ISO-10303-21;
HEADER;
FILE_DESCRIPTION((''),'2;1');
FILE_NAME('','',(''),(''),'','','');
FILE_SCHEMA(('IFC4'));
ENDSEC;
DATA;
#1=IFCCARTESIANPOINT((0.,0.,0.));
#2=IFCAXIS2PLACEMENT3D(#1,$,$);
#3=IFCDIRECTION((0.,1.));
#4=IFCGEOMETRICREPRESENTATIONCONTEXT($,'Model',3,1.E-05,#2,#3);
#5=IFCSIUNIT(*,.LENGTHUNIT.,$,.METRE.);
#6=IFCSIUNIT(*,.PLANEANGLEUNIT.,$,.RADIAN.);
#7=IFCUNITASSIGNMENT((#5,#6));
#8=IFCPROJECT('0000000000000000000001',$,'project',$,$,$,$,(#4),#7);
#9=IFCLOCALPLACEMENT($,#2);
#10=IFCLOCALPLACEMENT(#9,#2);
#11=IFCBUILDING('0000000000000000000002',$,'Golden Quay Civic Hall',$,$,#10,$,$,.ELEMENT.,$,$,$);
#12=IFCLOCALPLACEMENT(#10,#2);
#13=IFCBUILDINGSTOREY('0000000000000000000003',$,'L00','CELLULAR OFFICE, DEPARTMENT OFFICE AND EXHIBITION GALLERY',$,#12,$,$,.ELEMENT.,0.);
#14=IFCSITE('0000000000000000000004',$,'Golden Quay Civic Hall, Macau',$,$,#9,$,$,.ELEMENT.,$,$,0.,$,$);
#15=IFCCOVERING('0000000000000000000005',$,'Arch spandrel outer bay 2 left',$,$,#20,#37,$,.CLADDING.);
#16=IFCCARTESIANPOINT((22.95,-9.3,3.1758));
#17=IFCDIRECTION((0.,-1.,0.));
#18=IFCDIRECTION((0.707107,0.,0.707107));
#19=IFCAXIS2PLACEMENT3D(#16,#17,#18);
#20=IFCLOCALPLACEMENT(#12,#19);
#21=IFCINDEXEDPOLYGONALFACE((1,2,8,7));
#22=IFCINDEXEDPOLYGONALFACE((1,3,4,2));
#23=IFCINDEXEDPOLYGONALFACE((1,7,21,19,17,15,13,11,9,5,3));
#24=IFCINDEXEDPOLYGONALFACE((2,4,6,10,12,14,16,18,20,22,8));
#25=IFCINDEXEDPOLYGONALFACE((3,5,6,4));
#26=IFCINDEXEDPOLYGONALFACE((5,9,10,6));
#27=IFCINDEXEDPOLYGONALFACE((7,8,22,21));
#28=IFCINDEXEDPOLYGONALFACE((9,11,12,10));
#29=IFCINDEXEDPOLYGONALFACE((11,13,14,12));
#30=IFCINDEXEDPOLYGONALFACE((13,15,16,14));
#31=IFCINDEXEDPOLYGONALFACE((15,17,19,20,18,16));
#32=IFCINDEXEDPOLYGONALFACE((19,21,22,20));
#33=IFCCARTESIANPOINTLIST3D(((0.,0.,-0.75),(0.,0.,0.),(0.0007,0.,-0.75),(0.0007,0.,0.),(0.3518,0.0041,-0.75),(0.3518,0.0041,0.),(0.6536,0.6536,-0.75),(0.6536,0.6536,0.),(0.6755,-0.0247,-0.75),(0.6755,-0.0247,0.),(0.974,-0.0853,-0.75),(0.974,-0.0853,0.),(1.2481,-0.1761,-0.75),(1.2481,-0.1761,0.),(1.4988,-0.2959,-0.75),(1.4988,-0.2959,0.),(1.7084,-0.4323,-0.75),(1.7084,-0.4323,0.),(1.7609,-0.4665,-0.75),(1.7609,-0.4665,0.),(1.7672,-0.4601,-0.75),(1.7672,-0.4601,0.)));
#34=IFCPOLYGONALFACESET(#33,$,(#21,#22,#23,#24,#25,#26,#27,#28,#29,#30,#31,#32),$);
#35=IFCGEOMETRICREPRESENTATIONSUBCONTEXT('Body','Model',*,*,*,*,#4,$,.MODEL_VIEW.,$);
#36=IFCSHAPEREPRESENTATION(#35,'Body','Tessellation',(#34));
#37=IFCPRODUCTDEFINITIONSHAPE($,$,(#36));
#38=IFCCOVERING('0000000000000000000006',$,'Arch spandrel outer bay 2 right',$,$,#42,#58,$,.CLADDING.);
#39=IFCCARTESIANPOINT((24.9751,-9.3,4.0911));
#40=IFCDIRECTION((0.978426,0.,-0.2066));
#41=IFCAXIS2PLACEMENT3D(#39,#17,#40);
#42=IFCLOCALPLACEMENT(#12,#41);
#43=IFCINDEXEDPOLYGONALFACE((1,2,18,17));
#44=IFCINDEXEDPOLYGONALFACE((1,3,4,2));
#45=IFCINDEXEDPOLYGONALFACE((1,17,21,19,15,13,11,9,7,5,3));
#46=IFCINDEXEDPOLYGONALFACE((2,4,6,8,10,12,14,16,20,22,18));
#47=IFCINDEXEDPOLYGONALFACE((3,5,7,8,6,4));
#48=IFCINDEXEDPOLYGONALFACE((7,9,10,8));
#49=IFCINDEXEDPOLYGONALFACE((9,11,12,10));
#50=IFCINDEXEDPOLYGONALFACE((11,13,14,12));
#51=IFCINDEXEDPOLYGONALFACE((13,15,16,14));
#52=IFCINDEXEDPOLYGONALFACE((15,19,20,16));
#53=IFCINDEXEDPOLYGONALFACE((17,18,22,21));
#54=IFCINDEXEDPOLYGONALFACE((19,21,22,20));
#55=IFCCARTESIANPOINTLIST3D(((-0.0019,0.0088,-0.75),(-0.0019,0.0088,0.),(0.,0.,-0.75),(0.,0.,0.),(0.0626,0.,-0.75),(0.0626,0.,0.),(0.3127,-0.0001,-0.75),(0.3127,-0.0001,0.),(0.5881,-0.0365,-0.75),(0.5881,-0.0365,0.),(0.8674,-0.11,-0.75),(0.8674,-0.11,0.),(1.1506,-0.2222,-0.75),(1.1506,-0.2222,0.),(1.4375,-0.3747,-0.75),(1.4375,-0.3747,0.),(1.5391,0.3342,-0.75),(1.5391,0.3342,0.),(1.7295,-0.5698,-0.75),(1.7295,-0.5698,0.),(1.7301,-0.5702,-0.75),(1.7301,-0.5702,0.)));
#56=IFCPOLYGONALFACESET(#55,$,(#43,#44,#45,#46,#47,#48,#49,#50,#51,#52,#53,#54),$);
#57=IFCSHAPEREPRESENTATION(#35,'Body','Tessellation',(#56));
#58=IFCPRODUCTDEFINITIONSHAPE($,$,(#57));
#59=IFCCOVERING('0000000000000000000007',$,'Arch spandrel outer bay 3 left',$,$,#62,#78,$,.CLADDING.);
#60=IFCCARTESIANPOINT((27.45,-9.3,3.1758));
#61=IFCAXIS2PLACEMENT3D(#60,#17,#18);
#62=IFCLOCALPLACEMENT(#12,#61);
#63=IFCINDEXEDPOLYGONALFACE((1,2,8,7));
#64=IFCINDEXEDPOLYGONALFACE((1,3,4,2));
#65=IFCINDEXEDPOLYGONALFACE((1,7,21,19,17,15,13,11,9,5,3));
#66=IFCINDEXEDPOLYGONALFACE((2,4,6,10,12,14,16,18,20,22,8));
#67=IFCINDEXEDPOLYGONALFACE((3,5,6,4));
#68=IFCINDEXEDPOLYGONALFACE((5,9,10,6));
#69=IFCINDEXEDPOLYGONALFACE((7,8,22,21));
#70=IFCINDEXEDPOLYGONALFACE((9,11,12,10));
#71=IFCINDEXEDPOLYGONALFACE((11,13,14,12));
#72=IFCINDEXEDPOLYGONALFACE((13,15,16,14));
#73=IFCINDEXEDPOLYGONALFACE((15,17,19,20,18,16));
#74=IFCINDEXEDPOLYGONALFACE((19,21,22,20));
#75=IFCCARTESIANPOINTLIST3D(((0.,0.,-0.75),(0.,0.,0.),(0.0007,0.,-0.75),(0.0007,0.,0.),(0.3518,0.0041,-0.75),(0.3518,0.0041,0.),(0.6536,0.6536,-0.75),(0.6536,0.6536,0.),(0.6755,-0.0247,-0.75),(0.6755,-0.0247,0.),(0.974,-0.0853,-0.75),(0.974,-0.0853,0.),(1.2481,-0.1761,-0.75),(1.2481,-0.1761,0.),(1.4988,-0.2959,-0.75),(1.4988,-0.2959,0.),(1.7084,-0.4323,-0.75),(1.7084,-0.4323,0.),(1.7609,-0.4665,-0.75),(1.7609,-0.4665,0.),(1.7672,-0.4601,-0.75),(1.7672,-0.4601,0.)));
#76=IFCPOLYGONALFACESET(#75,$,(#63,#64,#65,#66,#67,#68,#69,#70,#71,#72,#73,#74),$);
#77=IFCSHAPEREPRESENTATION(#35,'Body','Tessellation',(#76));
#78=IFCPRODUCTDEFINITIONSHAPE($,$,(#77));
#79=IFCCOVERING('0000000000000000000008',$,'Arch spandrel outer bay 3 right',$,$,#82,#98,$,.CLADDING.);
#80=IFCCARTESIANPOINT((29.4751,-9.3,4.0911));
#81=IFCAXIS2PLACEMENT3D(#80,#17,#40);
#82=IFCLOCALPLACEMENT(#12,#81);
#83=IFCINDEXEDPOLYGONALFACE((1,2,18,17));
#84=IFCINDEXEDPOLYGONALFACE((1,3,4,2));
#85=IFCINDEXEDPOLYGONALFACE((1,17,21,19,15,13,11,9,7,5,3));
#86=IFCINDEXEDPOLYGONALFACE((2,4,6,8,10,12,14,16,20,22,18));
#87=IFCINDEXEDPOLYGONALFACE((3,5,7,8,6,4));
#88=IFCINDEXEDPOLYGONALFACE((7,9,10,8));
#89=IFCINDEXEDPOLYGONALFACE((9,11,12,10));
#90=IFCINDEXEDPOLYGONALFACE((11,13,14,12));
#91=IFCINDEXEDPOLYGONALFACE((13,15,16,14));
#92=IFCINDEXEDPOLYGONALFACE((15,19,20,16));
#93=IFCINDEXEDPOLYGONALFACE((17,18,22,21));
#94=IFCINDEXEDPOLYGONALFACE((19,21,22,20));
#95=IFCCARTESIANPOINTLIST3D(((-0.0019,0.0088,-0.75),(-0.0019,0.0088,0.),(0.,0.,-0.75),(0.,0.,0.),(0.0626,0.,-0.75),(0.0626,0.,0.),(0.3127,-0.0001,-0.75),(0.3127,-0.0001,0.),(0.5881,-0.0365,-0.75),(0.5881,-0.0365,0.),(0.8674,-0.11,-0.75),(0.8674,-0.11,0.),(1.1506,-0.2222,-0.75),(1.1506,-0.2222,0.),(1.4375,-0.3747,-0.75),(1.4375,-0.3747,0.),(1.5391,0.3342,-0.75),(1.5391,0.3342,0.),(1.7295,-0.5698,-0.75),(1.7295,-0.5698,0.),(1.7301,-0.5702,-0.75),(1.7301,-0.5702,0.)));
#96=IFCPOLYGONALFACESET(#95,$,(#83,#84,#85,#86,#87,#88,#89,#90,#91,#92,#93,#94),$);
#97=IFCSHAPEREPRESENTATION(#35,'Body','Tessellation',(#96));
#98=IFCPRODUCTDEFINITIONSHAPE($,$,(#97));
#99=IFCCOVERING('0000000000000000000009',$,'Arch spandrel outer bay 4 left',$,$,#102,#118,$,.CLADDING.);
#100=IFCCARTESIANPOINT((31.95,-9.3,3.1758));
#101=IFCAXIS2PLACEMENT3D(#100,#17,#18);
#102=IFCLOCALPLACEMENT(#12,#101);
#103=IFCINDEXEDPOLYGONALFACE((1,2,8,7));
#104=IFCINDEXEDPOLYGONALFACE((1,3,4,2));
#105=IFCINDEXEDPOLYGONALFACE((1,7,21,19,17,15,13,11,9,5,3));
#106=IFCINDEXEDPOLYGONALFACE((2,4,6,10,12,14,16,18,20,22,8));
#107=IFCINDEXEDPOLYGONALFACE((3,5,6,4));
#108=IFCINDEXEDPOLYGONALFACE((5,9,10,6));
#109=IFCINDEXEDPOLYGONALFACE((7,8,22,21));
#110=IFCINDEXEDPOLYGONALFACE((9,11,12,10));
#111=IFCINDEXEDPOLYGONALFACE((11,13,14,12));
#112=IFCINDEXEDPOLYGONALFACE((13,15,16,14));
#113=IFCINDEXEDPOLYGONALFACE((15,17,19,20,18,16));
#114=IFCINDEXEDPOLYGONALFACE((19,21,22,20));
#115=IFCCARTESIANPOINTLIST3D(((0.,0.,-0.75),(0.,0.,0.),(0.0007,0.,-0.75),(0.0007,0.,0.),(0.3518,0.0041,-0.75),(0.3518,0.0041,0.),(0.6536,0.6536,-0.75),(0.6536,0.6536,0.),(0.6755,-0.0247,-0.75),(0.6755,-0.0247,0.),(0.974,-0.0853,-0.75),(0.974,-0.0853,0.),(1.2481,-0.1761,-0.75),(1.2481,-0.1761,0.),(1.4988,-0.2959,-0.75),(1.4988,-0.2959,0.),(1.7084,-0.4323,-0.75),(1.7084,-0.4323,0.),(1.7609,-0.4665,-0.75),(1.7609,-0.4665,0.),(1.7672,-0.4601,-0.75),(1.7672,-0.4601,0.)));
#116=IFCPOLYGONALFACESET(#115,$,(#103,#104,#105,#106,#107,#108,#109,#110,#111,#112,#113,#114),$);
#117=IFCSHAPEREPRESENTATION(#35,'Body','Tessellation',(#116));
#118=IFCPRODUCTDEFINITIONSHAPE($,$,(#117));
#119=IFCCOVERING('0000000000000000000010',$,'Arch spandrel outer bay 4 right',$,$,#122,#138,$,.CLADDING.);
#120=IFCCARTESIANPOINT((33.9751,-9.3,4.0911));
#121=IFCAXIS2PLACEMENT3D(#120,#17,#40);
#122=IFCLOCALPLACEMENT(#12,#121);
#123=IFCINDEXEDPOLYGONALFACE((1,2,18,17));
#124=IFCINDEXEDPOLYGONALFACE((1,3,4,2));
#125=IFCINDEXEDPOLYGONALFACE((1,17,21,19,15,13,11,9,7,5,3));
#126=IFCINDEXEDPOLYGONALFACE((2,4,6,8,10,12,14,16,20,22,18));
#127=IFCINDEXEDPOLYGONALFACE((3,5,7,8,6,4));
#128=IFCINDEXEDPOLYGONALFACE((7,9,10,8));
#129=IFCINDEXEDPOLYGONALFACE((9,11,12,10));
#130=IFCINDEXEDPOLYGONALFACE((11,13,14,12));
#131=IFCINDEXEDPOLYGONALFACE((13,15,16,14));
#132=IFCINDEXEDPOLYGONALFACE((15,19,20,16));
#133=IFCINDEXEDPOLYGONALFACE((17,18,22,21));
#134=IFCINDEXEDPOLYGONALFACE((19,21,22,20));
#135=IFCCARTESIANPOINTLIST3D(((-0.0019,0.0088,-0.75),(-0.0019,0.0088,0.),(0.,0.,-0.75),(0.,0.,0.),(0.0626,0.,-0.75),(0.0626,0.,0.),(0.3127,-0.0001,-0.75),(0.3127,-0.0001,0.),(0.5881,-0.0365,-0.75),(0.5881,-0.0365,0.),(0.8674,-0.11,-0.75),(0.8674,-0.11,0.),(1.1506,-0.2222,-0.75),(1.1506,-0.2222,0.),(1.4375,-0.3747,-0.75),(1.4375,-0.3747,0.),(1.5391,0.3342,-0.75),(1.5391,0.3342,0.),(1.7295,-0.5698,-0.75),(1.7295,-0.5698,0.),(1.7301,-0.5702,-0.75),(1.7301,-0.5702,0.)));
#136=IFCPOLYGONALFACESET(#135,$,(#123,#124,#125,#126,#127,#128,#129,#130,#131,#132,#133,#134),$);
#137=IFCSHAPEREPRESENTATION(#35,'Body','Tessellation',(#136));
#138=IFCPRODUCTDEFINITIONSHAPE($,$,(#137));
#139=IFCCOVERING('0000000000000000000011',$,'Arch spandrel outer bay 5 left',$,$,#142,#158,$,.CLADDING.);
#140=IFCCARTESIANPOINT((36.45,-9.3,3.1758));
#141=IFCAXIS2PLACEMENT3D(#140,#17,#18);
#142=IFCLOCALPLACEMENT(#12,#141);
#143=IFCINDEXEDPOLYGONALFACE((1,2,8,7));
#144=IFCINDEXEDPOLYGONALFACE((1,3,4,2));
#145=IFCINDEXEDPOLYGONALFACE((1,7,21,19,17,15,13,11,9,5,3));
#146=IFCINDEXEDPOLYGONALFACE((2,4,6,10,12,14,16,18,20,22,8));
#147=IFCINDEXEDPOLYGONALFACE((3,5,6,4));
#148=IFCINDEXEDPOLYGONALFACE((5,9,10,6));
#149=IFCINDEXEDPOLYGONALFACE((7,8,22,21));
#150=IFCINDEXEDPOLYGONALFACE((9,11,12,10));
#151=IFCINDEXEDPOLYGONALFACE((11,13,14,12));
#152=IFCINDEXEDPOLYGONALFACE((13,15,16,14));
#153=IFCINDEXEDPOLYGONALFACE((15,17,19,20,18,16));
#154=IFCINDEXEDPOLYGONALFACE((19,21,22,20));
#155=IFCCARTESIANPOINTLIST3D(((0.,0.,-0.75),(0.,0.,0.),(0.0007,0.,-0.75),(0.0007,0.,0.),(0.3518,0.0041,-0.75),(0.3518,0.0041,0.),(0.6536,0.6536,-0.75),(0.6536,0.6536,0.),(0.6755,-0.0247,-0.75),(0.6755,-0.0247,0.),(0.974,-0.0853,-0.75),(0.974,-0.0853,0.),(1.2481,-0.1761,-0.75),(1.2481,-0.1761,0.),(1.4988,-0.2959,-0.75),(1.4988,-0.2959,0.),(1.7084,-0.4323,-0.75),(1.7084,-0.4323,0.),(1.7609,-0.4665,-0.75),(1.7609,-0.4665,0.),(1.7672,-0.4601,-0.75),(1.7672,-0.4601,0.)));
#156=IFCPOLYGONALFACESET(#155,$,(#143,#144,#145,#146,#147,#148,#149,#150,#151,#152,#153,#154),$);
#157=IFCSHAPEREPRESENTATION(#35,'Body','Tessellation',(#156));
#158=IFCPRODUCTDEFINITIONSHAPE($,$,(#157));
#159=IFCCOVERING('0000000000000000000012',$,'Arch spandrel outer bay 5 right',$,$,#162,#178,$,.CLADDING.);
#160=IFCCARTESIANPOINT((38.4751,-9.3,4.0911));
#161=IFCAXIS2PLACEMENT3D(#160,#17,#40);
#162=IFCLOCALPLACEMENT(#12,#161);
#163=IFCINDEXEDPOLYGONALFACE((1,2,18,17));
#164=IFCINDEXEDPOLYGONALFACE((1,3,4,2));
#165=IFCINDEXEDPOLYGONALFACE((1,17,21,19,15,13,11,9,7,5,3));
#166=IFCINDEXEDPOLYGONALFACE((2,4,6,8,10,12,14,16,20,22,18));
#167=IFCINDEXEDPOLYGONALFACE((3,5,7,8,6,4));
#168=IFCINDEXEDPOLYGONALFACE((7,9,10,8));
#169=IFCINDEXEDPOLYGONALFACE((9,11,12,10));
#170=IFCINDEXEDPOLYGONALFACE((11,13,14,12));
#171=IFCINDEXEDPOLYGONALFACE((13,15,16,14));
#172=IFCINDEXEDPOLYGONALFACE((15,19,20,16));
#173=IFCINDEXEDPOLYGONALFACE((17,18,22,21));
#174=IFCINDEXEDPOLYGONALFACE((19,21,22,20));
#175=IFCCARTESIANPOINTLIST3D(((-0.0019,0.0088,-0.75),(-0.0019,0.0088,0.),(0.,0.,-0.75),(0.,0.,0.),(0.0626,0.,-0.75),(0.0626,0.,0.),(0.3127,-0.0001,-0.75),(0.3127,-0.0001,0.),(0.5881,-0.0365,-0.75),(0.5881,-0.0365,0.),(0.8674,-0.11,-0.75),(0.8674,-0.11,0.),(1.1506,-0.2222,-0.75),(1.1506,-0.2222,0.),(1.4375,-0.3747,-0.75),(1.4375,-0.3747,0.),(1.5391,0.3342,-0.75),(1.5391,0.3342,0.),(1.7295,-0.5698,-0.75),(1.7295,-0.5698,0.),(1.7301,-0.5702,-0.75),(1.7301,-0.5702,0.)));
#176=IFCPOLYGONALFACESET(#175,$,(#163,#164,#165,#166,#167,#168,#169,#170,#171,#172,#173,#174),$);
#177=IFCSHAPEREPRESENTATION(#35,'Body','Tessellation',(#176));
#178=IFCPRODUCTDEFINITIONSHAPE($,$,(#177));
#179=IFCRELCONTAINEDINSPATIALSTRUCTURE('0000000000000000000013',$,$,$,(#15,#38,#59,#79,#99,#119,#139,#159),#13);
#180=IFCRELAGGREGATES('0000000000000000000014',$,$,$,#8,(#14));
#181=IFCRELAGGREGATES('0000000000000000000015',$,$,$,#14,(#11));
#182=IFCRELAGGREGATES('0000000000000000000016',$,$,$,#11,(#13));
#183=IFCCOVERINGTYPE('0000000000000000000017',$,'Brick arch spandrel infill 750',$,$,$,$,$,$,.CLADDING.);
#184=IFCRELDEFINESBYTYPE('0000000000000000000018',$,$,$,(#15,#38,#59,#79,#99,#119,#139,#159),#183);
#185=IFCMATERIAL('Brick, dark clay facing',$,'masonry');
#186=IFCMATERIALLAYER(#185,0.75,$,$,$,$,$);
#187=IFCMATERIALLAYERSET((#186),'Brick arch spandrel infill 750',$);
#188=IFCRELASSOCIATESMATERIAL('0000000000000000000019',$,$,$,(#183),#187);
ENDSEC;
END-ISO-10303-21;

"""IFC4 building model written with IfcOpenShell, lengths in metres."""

from ifc_helpers import new_model, si_unit, direction, frame, origin, place, context, subcontext, project, spatial, polyline, outline, extrude, material, layer, layer_set, type_object, element, save


model = new_model("IFC4")

# Units and contexts
model_context = context("Model", 3, precision=1e-05, world=origin(), true_north=direction((0.0, 1.0)))
body_context = subcontext(model_context, "Body", "Model", "MODEL_VIEW")
ifc_project = project(units=[si_unit("LENGTHUNIT", "METRE"), si_unit("PLANEANGLEUNIT", "RADIAN")], contexts=[model_context])

# Site, building, storey
site_placement = place(None, origin())
site = spatial("IfcSite", under=ifc_project, at=site_placement, Name="Golden Quay Civic Hall, Macau", CompositionType="ELEMENT", RefElevation=0.0)
building_placement = place(site_placement, origin())
building = spatial("IfcBuilding", under=site, at=building_placement, Name="Golden Quay Civic Hall", CompositionType="ELEMENT")
storey_placement = place(building_placement, origin())
storey = spatial("IfcBuildingStorey", under=building, at=storey_placement, Name="L00", Description="CELLULAR OFFICE, DEPARTMENT OFFICE AND EXHIBITION GALLERY", CompositionType="ELEMENT", Elevation=0.0)

# Coverings
ifc_material_1 = material(Name="Brick, dark clay facing", Category="masonry")
ifc_layer_1 = layer(ifc_material_1, 0.75)
ifc_layer_set_1 = layer_set([ifc_layer_1], Name="Brick arch spandrel infill 750")
covering_type_1 = type_object("IfcCoveringType", Name="Brick arch spandrel infill 750", PredefinedType="CLADDING", material=ifc_layer_set_1)
covering_1_placement = place(storey_placement, frame((22.95, -9.3, 3.1758), z_axis=(0.0, -1.0, 0.0), x_axis=(0.707107, 0.0, 0.707107)))
element("IfcCovering", 1, at=covering_1_placement, inside=storey, type_object=covering_type_1, Name="Arch spandrel outer bay 2 left", PredefinedType="CLADDING", context=body_context, shape_type="SweptSolid", body=[
    extrude(outline(polyline([(0.0, 0.0), (0.0007, 0.0), (0.3518, 0.0041), (0.6755, -0.0247), (0.974, -0.0853), (1.2481, -0.1761), (1.4988, -0.2959), (1.7084, -0.4323), (1.7609, -0.4665), (1.7672, -0.4601), (0.6536, 0.6536), (0.0, 0.0)])), origin(), (0.0, 0.0, -1.0), 0.75),
])
covering_2_placement = place(storey_placement, frame((24.9751, -9.3, 4.0911), z_axis=(0.0, -1.0, 0.0), x_axis=(0.978426, 0.0, -0.2066)))
element("IfcCovering", 2, at=covering_2_placement, inside=storey, type_object=covering_type_1, Name="Arch spandrel outer bay 2 right", PredefinedType="CLADDING", context=body_context, shape_type="SweptSolid", body=[
    extrude(outline(polyline([(0.0, 0.0), (0.0626, 0.0), (0.3127, -0.0001), (0.5881, -0.0365), (0.8674, -0.11), (1.1506, -0.2222), (1.4375, -0.3747), (1.7295, -0.5698), (1.7301, -0.5702), (1.5391, 0.3342), (-0.0019, 0.0088), (0.0, 0.0)])), origin(), (0.0, 0.0, -1.0), 0.75),
])
covering_3_placement = place(storey_placement, frame((27.45, -9.3, 3.1758), z_axis=(0.0, -1.0, 0.0), x_axis=(0.707107, 0.0, 0.707107)))
element("IfcCovering", 3, at=covering_3_placement, inside=storey, type_object=covering_type_1, Name="Arch spandrel outer bay 3 left", PredefinedType="CLADDING", context=body_context, shape_type="SweptSolid", body=[
    extrude(outline(polyline([(0.0, 0.0), (0.0007, 0.0), (0.3518, 0.0041), (0.6755, -0.0247), (0.974, -0.0853), (1.2481, -0.1761), (1.4988, -0.2959), (1.7084, -0.4323), (1.7609, -0.4665), (1.7672, -0.4601), (0.6536, 0.6536), (0.0, 0.0)])), origin(), (0.0, 0.0, -1.0), 0.75),
])
covering_4_placement = place(storey_placement, frame((29.4751, -9.3, 4.0911), z_axis=(0.0, -1.0, 0.0), x_axis=(0.978426, 0.0, -0.2066)))
element("IfcCovering", 4, at=covering_4_placement, inside=storey, type_object=covering_type_1, Name="Arch spandrel outer bay 3 right", PredefinedType="CLADDING", context=body_context, shape_type="SweptSolid", body=[
    extrude(outline(polyline([(0.0, 0.0), (0.0626, 0.0), (0.3127, -0.0001), (0.5881, -0.0365), (0.8674, -0.11), (1.1506, -0.2222), (1.4375, -0.3747), (1.7295, -0.5698), (1.7301, -0.5702), (1.5391, 0.3342), (-0.0019, 0.0088), (0.0, 0.0)])), origin(), (0.0, 0.0, -1.0), 0.75),
])
covering_5_placement = place(storey_placement, frame((31.95, -9.3, 3.1758), z_axis=(0.0, -1.0, 0.0), x_axis=(0.707107, 0.0, 0.707107)))
element("IfcCovering", 5, at=covering_5_placement, inside=storey, type_object=covering_type_1, Name="Arch spandrel outer bay 4 left", PredefinedType="CLADDING", context=body_context, shape_type="SweptSolid", body=[
    extrude(outline(polyline([(0.0, 0.0), (0.0007, 0.0), (0.3518, 0.0041), (0.6755, -0.0247), (0.974, -0.0853), (1.2481, -0.1761), (1.4988, -0.2959), (1.7084, -0.4323), (1.7609, -0.4665), (1.7672, -0.4601), (0.6536, 0.6536), (0.0, 0.0)])), origin(), (0.0, 0.0, -1.0), 0.75),
])
covering_6_placement = place(storey_placement, frame((33.9751, -9.3, 4.0911), z_axis=(0.0, -1.0, 0.0), x_axis=(0.978426, 0.0, -0.2066)))
element("IfcCovering", 6, at=covering_6_placement, inside=storey, type_object=covering_type_1, Name="Arch spandrel outer bay 4 right", PredefinedType="CLADDING", context=body_context, shape_type="SweptSolid", body=[
    extrude(outline(polyline([(0.0, 0.0), (0.0626, 0.0), (0.3127, -0.0001), (0.5881, -0.0365), (0.8674, -0.11), (1.1506, -0.2222), (1.4375, -0.3747), (1.7295, -0.5698), (1.7301, -0.5702), (1.5391, 0.3342), (-0.0019, 0.0088), (0.0, 0.0)])), origin(), (0.0, 0.0, -1.0), 0.75),
])
covering_7_placement = place(storey_placement, frame((36.45, -9.3, 3.1758), z_axis=(0.0, -1.0, 0.0), x_axis=(0.707107, 0.0, 0.707107)))
element("IfcCovering", 7, at=covering_7_placement, inside=storey, type_object=covering_type_1, Name="Arch spandrel outer bay 5 left", PredefinedType="CLADDING", context=body_context, shape_type="SweptSolid", body=[
    extrude(outline(polyline([(0.0, 0.0), (0.0007, 0.0), (0.3518, 0.0041), (0.6755, -0.0247), (0.974, -0.0853), (1.2481, -0.1761), (1.4988, -0.2959), (1.7084, -0.4323), (1.7609, -0.4665), (1.7672, -0.4601), (0.6536, 0.6536), (0.0, 0.0)])), origin(), (0.0, 0.0, -1.0), 0.75),
])
covering_8_placement = place(storey_placement, frame((38.4751, -9.3, 4.0911), z_axis=(0.0, -1.0, 0.0), x_axis=(0.978426, 0.0, -0.2066)))
element("IfcCovering", 8, at=covering_8_placement, inside=storey, type_object=covering_type_1, Name="Arch spandrel outer bay 5 right", PredefinedType="CLADDING", context=body_context, shape_type="SweptSolid", body=[
    extrude(outline(polyline([(0.0, 0.0), (0.0626, 0.0), (0.3127, -0.0001), (0.5881, -0.0365), (0.8674, -0.11), (1.1506, -0.2222), (1.4375, -0.3747), (1.7295, -0.5698), (1.7301, -0.5702), (1.5391, 0.3342), (-0.0019, 0.0088), (0.0, 0.0)])), origin(), (0.0, 0.0, -1.0), 0.75),
])

save(model, "model.ifc")
